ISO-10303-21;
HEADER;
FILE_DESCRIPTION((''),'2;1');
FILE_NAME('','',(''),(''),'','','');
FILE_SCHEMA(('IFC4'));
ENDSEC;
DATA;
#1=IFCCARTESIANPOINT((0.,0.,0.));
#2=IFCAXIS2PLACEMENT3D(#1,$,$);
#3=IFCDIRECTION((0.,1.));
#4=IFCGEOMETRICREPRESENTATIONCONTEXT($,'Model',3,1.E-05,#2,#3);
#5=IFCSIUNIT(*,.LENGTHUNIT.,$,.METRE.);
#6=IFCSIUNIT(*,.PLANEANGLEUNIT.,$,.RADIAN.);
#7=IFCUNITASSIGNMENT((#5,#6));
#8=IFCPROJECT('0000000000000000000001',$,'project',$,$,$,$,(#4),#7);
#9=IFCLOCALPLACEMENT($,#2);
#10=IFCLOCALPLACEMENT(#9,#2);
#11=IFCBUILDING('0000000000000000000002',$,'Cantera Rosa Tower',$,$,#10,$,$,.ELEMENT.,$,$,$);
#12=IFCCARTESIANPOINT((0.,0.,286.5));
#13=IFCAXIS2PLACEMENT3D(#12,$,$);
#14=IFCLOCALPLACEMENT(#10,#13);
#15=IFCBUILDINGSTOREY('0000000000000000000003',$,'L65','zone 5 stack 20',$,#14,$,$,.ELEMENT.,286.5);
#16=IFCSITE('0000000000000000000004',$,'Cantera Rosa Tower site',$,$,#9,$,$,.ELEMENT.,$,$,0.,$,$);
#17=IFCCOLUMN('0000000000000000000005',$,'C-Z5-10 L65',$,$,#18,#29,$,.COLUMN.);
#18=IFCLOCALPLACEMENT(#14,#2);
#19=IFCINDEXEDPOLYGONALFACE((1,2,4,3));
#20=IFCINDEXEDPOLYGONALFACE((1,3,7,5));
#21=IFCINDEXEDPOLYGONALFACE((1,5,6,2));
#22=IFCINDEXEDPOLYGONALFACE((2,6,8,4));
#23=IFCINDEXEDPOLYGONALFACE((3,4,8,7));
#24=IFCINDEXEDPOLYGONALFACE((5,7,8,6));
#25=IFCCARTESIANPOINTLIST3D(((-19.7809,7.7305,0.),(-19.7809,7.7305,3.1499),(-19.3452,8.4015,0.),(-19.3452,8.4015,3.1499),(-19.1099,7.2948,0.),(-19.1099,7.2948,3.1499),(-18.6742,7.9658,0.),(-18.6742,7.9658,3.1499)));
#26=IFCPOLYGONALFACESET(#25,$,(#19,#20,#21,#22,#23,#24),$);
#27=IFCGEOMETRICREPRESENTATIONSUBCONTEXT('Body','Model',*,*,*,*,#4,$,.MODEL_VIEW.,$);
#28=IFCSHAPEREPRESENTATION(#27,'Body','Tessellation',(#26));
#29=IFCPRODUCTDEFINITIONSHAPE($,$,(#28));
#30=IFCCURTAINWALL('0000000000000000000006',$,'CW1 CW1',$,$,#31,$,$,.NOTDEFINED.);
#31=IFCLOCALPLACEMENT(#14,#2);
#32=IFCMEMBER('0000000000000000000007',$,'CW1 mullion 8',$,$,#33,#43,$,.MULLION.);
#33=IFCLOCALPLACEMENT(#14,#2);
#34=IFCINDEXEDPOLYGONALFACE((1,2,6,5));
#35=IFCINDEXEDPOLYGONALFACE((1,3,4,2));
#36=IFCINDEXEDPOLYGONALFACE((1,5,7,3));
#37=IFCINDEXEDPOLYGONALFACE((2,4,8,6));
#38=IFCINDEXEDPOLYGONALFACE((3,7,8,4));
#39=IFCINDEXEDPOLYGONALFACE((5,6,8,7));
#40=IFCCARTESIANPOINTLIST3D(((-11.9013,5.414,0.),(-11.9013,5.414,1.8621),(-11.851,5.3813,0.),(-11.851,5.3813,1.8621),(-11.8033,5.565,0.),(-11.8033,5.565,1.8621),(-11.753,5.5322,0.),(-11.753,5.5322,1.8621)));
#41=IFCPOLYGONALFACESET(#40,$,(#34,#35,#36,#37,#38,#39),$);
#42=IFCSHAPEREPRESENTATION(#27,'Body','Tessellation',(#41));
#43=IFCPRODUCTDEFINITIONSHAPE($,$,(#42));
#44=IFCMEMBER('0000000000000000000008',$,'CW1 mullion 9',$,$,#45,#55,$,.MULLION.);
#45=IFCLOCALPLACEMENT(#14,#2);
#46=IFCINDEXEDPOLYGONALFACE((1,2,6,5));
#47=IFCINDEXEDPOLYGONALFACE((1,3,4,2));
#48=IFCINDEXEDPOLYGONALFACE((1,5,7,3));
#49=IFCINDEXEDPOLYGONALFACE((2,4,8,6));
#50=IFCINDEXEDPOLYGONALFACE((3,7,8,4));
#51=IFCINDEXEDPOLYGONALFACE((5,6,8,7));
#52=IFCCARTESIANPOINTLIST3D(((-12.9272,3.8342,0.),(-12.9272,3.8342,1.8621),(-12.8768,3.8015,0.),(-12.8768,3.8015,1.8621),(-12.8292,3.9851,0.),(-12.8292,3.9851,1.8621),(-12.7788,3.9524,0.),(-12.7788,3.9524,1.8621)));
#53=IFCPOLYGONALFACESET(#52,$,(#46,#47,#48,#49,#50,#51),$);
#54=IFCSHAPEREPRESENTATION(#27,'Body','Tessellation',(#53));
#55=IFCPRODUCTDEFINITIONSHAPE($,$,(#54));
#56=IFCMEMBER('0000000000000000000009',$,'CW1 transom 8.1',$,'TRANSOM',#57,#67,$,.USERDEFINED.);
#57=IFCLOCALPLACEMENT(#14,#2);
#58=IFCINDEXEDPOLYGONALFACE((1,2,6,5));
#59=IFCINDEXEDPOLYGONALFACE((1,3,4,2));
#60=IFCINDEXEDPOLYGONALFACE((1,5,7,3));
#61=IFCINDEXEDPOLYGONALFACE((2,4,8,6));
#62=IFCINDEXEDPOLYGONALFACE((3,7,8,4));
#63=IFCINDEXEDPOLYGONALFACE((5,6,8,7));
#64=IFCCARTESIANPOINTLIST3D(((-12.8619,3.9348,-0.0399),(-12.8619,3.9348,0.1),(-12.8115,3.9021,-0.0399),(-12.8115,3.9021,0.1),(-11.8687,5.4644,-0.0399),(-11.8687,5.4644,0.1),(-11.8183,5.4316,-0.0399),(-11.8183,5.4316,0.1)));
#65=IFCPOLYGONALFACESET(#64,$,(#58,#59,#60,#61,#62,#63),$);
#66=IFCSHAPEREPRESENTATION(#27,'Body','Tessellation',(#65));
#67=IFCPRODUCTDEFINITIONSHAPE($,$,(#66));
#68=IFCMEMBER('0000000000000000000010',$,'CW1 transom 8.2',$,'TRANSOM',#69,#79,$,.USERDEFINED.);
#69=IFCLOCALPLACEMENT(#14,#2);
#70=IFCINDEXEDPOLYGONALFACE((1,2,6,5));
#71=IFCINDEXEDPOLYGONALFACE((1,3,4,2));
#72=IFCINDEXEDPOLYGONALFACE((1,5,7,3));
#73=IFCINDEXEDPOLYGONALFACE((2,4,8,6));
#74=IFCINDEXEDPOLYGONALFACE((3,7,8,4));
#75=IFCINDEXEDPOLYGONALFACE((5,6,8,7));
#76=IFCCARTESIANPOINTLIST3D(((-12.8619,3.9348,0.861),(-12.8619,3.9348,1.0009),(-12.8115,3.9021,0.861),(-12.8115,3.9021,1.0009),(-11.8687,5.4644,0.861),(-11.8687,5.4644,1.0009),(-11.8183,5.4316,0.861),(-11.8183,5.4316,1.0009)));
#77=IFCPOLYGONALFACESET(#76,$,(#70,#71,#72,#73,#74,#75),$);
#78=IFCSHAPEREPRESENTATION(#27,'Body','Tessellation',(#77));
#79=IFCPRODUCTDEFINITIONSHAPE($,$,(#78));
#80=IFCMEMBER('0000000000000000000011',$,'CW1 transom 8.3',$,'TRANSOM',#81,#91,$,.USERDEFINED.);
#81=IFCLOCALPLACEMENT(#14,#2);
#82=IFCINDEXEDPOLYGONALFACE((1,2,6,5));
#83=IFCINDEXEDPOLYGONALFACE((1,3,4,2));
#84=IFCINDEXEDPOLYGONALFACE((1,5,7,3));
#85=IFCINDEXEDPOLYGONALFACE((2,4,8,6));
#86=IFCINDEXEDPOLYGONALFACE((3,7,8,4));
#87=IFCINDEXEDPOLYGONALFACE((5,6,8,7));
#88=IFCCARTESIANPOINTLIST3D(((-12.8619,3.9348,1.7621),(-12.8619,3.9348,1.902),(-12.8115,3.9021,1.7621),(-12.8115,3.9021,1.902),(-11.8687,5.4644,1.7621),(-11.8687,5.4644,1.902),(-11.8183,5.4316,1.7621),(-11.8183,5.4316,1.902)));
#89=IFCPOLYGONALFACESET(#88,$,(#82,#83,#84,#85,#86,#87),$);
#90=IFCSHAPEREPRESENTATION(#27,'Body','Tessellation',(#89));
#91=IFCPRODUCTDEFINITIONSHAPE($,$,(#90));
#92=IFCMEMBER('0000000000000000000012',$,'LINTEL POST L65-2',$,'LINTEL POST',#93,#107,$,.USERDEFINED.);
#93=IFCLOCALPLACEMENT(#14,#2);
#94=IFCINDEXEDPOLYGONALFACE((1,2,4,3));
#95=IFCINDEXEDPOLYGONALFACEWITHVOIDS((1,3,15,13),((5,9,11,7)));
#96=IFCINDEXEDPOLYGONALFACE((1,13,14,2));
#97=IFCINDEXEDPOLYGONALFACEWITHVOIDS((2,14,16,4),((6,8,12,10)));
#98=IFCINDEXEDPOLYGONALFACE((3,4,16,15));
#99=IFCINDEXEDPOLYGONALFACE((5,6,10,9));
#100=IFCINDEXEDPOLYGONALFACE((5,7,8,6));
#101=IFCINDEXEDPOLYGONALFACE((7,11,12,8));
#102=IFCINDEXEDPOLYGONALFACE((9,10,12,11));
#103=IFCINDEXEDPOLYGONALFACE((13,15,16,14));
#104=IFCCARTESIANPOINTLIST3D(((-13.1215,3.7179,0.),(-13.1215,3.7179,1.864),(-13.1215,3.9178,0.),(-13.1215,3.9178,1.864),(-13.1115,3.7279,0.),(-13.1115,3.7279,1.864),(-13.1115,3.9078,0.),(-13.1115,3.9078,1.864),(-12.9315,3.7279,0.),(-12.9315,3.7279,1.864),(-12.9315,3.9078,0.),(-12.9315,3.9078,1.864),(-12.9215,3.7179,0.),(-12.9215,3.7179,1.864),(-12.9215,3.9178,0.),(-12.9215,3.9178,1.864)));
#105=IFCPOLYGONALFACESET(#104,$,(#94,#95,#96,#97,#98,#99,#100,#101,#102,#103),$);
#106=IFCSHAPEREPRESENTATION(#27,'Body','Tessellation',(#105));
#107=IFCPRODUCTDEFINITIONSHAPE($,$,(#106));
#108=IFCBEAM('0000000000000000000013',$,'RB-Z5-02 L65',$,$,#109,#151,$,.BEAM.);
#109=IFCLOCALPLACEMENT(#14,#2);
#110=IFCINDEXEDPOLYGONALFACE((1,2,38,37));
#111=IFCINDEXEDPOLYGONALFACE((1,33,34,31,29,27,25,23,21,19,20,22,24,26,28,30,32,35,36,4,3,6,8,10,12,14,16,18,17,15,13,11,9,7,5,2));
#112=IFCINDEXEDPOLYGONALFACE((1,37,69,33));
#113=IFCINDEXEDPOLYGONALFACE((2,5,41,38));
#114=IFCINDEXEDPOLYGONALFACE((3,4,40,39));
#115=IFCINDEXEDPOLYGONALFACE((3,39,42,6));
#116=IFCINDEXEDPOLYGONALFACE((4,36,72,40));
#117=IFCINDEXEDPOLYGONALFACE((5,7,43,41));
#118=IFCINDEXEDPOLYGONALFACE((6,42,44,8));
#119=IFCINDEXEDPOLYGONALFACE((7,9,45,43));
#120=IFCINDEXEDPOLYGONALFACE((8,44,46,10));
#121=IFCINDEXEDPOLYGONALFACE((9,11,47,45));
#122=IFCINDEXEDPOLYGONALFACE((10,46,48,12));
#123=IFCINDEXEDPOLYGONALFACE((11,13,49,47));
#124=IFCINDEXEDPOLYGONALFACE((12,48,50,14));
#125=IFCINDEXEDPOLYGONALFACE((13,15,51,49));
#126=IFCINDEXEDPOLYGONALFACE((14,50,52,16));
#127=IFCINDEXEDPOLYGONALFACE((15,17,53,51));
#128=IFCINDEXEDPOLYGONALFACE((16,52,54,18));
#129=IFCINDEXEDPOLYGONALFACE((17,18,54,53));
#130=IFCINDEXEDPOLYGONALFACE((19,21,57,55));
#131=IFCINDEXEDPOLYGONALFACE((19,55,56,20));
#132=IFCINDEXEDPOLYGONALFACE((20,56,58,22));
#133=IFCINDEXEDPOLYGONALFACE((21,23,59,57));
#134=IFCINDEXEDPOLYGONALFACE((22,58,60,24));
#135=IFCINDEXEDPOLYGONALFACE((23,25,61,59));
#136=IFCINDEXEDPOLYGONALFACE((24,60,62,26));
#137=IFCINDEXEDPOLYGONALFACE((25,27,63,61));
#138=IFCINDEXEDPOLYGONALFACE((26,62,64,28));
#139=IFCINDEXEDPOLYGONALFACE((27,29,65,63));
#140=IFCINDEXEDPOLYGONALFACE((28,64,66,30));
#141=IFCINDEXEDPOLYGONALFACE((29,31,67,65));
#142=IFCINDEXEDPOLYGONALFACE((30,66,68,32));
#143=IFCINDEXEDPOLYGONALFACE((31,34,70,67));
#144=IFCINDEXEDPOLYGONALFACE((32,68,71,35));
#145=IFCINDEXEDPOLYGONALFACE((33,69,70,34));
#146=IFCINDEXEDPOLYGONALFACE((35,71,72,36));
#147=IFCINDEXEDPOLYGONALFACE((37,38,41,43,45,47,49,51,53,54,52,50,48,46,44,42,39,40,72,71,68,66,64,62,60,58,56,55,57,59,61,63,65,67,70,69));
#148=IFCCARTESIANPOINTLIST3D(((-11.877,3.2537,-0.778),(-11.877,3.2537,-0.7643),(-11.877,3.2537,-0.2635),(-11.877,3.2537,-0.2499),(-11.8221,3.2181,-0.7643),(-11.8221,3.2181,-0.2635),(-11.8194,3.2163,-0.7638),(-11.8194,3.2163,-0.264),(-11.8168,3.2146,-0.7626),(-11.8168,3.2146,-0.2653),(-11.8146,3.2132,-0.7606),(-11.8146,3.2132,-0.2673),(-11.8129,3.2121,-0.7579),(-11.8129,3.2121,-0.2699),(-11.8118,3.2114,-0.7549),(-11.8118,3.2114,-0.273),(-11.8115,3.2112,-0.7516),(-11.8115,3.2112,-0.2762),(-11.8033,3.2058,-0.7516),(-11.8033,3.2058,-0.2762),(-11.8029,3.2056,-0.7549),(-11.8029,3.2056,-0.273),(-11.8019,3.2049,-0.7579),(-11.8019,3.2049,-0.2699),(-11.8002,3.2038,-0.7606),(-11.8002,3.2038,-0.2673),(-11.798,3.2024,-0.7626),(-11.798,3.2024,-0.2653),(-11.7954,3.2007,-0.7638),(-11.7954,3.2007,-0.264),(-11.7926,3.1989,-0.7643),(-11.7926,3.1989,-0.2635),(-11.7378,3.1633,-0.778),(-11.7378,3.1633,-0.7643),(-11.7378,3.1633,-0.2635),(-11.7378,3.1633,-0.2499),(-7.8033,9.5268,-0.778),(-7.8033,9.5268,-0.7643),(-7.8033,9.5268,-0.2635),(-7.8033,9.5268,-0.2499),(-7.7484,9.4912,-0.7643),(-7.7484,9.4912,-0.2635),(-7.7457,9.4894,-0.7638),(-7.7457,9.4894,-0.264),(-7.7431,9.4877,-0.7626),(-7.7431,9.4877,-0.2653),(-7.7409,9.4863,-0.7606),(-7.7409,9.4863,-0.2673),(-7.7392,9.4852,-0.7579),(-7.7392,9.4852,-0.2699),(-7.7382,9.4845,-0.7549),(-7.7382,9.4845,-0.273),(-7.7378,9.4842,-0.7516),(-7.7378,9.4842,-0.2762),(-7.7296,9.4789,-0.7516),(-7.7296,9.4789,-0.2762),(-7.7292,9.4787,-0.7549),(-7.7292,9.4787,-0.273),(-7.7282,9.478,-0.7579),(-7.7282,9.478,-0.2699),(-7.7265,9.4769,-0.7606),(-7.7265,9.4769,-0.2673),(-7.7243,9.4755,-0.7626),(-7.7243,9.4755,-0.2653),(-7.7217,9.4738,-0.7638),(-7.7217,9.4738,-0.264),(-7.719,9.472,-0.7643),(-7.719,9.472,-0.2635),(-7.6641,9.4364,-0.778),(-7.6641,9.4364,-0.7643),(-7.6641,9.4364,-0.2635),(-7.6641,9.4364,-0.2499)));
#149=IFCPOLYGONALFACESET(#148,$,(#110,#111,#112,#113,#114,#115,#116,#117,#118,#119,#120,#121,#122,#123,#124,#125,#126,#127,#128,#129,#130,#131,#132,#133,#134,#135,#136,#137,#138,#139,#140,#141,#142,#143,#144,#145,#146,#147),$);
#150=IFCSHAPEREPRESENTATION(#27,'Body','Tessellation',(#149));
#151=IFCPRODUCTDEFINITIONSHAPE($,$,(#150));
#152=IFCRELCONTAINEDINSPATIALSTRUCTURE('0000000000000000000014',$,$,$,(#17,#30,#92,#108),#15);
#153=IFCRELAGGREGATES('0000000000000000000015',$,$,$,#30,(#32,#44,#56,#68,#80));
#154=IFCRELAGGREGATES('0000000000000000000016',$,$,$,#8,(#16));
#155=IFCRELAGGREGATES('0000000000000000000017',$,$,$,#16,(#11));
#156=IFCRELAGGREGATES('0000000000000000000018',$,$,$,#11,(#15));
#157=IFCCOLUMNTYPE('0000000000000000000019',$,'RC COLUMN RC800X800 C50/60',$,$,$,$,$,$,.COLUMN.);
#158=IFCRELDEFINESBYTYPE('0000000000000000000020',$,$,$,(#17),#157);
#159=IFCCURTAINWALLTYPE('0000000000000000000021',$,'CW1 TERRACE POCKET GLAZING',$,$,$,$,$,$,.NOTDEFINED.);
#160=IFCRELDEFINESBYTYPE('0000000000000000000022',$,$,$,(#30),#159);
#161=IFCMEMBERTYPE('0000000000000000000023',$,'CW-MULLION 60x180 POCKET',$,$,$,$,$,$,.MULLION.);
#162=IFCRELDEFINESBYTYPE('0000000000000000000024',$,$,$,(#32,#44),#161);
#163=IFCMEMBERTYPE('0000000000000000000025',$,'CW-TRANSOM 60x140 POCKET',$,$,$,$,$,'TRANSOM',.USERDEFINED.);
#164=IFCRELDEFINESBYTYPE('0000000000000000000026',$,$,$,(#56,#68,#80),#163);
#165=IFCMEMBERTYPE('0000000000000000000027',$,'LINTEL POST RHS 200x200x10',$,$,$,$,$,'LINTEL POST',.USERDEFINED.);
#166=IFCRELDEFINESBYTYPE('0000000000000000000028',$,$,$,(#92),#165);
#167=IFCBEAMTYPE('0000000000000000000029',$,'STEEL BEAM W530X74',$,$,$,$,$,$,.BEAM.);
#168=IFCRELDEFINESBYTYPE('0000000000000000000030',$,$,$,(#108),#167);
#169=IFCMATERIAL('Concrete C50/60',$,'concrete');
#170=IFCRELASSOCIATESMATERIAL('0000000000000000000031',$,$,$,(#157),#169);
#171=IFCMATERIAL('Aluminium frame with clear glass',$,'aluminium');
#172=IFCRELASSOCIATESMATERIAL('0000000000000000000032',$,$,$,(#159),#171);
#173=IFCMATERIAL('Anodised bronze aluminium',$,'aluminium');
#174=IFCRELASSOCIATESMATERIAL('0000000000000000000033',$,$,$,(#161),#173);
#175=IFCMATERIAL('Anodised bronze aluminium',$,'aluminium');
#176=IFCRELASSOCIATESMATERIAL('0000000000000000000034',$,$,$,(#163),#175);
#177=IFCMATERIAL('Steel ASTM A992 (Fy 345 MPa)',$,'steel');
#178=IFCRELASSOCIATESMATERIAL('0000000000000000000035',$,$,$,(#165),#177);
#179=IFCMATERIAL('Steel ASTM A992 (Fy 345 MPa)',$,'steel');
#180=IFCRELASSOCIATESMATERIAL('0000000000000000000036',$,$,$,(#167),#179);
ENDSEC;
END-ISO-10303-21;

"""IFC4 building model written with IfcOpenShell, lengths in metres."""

from ifc_helpers import new_model, si_unit, direction, frame, origin, origin_2d, place, context, subcontext, project, spatial, rectangle, hollow_rectangle, i_section, extrude, material, material_profile, profile_set, type_object, element, aggregate, save


model = new_model("IFC4")

# Units and contexts
model_context = context("Model", 3, precision=1e-05, world=origin(), true_north=direction((0.0, 1.0)))
body_context = subcontext(model_context, "Body", "Model", "MODEL_VIEW")
ifc_project = project(units=[si_unit("LENGTHUNIT", "METRE"), si_unit("PLANEANGLEUNIT", "RADIAN")], contexts=[model_context])

# Site, building, storey
site_placement = place(None, origin())
site = spatial("IfcSite", under=ifc_project, at=site_placement, Name="Cantera Rosa Tower site", CompositionType="ELEMENT", RefElevation=0.0)
building_placement = place(site_placement, origin())
building = spatial("IfcBuilding", under=site, at=building_placement, Name="Cantera Rosa Tower", CompositionType="ELEMENT")
storey_placement = place(building_placement, frame((0.0, 0.0, 286.5)))
storey = spatial("IfcBuildingStorey", under=building, at=storey_placement, Name="L65", Description="zone 5 stack 20", CompositionType="ELEMENT", Elevation=286.5)

# Column
ifc_material_1 = material(Name="Concrete C50/60", Category="concrete")
ifc_material_profile_1 = material_profile(ifc_material_1, rectangle(XDim=0.8, YDim=0.8, at=origin_2d()), Name="RC COLUMN RC800X800 C50/60")
ifc_profile_set_1 = profile_set([ifc_material_profile_1], Name="Concrete C50/60")
column_type = type_object("IfcColumnType", Name="RC COLUMN RC800X800 C50/60", PredefinedType="COLUMN", material=ifc_profile_set_1)
column_placement = place(storey_placement, frame((-19.2275, 7.8481, 0.0), z_axis=(0.0, 0.0, 1.0), x_axis=(0.544639, 0.838671, 0.0)))
element("IfcColumn", 1, at=column_placement, inside=storey, type_object=column_type, Name="C-Z5-10 L65", PredefinedType="COLUMN", context=body_context, shape_type="SweptSolid", body=[
    extrude(rectangle(XDim=0.8, YDim=0.8, at=origin_2d()), origin(), (0.0, 0.0, 1.0), 3.1499),
])

# Curtain wall, members
ifc_material_2 = material(Name="Aluminium frame with clear glass", Category="aluminium")
curtain_wall_type = type_object("IfcCurtainWallType", Name="CW1 TERRACE POCKET GLAZING", PredefinedType="NOTDEFINED", material=ifc_material_2)
curtain_wall_placement = place(storey_placement, origin())
curtain_wall = element("IfcCurtainWall", 2, at=curtain_wall_placement, inside=storey, type_object=curtain_wall_type, Name="CW1 CW1", PredefinedType="NOTDEFINED")
ifc_material_3 = material(Name="Anodised bronze aluminium", Category="aluminium")
ifc_material_profile_2 = material_profile(ifc_material_3, rectangle(XDim=0.0601, YDim=0.1799, at=origin_2d()), Name="CW-MULLION 60x180 POCKET")
ifc_profile_set_2 = profile_set([ifc_material_profile_2], Name="Anodised bronze aluminium")
member_type_1 = type_object("IfcMemberType", Name="CW-MULLION 60x180 POCKET", PredefinedType="MULLION", material=ifc_profile_set_2)
member_1_placement = place(storey_placement, frame((-11.8271, 5.4731, 0.0), z_axis=(0.0, 0.0, 1.0), x_axis=(0.838671, -0.544639, 0.0)))
member_1 = element("IfcMember", 3, at=member_1_placement, type_object=member_type_1, Name="CW1 mullion 8", PredefinedType="MULLION", context=body_context, shape_type="SweptSolid", body=[
    extrude(rectangle(XDim=0.0601, YDim=0.1799, at=origin_2d()), origin(), (0.0, 0.0, 1.0), 1.8621),
])
member_2_placement = place(storey_placement, frame((-12.853, 3.8933, 0.0), z_axis=(0.0, 0.0, 1.0), x_axis=(0.838671, -0.544639, 0.0)))
member_2 = element("IfcMember", 4, at=member_2_placement, type_object=member_type_1, Name="CW1 mullion 9", PredefinedType="MULLION", context=body_context, shape_type="SweptSolid", body=[
    extrude(rectangle(XDim=0.0601, YDim=0.1799, at=origin_2d()), origin(), (0.0, 0.0, 1.0), 1.8621),
])
ifc_material_4 = material(Name="Anodised bronze aluminium", Category="aluminium")
ifc_material_profile_3 = material_profile(ifc_material_4, rectangle(XDim=0.0601, YDim=0.1399, at=origin_2d()), Name="CW-TRANSOM 60x140 POCKET")
ifc_profile_set_3 = profile_set([ifc_material_profile_3], Name="Anodised bronze aluminium")
member_type_2 = type_object("IfcMemberType", Name="CW-TRANSOM 60x140 POCKET", ElementType="TRANSOM", PredefinedType="USERDEFINED", material=ifc_profile_set_3)
member_3_placement = place(storey_placement, frame((-11.8435, 5.448, 0.03), z_axis=(-0.544588, -0.838703, 0.0), x_axis=(0.838703, -0.544588, 0.0)))
member_3 = element("IfcMember", 5, at=member_3_placement, type_object=member_type_2, Name="CW1 transom 8.1", ObjectType="TRANSOM", PredefinedType="USERDEFINED", context=body_context, shape_type="SweptSolid", body=[
    extrude(rectangle(XDim=0.0601, YDim=0.1399, at=origin_2d()), origin(), (0.0, 0.0, 1.0), 1.8237),
])
member_4_placement = place(storey_placement, frame((-11.8435, 5.448, 0.9309), z_axis=(-0.544588, -0.838703, 0.0), x_axis=(0.838703, -0.544588, 0.0)))
member_4 = element("IfcMember", 6, at=member_4_placement, type_object=member_type_2, Name="CW1 transom 8.2", ObjectType="TRANSOM", PredefinedType="USERDEFINED", context=body_context, shape_type="SweptSolid", body=[
    extrude(rectangle(XDim=0.0601, YDim=0.1399, at=origin_2d()), origin(), (0.0, 0.0, 1.0), 1.8237),
])
member_5_placement = place(storey_placement, frame((-11.8435, 5.448, 1.832), z_axis=(-0.544588, -0.838703, 0.0), x_axis=(0.838703, -0.544588, 0.0)))
member_5 = element("IfcMember", 7, at=member_5_placement, type_object=member_type_2, Name="CW1 transom 8.3", ObjectType="TRANSOM", PredefinedType="USERDEFINED", context=body_context, shape_type="SweptSolid", body=[
    extrude(rectangle(XDim=0.0601, YDim=0.1399, at=origin_2d()), origin(), (0.0, 0.0, 1.0), 1.8237),
])

# Member
ifc_material_5 = material(Name="Steel ASTM A992 (Fy 345 MPa)", Category="steel")
ifc_material_profile_4 = material_profile(ifc_material_5, hollow_rectangle(XDim=0.2, YDim=0.2, WallThickness=0.01, at=origin_2d()), Name="LINTEL POST RHS 200x200x10")
ifc_profile_set_4 = profile_set([ifc_material_profile_4], Name="Steel ASTM A992 (Fy 345 MPa)")
member_type_3 = type_object("IfcMemberType", Name="LINTEL POST RHS 200x200x10", ElementType="LINTEL POST", PredefinedType="USERDEFINED", material=ifc_profile_set_4)
member_6_placement = place(storey_placement, frame((-13.0215, 3.8179, 0.0), z_axis=(0.0, 0.0, 1.0), x_axis=(1.0, 0.0, 0.0)))
element("IfcMember", 8, at=member_6_placement, inside=storey, type_object=member_type_3, Name="LINTEL POST L65-2", ObjectType="LINTEL POST", PredefinedType="USERDEFINED", context=body_context, shape_type="SweptSolid", body=[
    extrude(hollow_rectangle(XDim=0.2, YDim=0.2, WallThickness=0.01, at=origin_2d()), origin(), (0.0, 0.0, 1.0), 1.864),
])

# Beam
ifc_material_6 = material(Name="Steel ASTM A992 (Fy 345 MPa)", Category="steel")
ifc_material_profile_5 = material_profile(ifc_material_6, i_section(OverallWidth=0.166, OverallDepth=0.5281, WebThickness=0.0098, FlangeThickness=0.0137, FilletRadius=0.0127, at=origin_2d()), Name="W530X74")
ifc_profile_set_5 = profile_set([ifc_material_profile_5], Name="Steel ASTM A992 (Fy 345 MPa)")
beam_type_1 = type_object("IfcBeamType", Name="STEEL BEAM W530X74", PredefinedType="BEAM", material=ifc_profile_set_5)
beam_1_placement = place(storey_placement, frame((-11.8074, 3.2085, -0.5139), z_axis=(0.544627, 0.838678, 0.0), x_axis=(-0.838678, 0.544627, 0.0)))
element("IfcBeam", 9, at=beam_1_placement, inside=storey, type_object=beam_type_1, Name="RB-Z5-02 L65", PredefinedType="BEAM", context=body_context, shape_type="SweptSolid", body=[
    extrude(i_section(OverallWidth=0.166, OverallDepth=0.5281, WebThickness=0.0098, FlangeThickness=0.0137, FilletRadius=0.0127, at=origin_2d()), origin(), (0.0, 0.0, 1.0), 7.4797),
])

aggregate(curtain_wall, [member_1, member_2, member_3, member_4, member_5])

save(model, "model.ifc")
